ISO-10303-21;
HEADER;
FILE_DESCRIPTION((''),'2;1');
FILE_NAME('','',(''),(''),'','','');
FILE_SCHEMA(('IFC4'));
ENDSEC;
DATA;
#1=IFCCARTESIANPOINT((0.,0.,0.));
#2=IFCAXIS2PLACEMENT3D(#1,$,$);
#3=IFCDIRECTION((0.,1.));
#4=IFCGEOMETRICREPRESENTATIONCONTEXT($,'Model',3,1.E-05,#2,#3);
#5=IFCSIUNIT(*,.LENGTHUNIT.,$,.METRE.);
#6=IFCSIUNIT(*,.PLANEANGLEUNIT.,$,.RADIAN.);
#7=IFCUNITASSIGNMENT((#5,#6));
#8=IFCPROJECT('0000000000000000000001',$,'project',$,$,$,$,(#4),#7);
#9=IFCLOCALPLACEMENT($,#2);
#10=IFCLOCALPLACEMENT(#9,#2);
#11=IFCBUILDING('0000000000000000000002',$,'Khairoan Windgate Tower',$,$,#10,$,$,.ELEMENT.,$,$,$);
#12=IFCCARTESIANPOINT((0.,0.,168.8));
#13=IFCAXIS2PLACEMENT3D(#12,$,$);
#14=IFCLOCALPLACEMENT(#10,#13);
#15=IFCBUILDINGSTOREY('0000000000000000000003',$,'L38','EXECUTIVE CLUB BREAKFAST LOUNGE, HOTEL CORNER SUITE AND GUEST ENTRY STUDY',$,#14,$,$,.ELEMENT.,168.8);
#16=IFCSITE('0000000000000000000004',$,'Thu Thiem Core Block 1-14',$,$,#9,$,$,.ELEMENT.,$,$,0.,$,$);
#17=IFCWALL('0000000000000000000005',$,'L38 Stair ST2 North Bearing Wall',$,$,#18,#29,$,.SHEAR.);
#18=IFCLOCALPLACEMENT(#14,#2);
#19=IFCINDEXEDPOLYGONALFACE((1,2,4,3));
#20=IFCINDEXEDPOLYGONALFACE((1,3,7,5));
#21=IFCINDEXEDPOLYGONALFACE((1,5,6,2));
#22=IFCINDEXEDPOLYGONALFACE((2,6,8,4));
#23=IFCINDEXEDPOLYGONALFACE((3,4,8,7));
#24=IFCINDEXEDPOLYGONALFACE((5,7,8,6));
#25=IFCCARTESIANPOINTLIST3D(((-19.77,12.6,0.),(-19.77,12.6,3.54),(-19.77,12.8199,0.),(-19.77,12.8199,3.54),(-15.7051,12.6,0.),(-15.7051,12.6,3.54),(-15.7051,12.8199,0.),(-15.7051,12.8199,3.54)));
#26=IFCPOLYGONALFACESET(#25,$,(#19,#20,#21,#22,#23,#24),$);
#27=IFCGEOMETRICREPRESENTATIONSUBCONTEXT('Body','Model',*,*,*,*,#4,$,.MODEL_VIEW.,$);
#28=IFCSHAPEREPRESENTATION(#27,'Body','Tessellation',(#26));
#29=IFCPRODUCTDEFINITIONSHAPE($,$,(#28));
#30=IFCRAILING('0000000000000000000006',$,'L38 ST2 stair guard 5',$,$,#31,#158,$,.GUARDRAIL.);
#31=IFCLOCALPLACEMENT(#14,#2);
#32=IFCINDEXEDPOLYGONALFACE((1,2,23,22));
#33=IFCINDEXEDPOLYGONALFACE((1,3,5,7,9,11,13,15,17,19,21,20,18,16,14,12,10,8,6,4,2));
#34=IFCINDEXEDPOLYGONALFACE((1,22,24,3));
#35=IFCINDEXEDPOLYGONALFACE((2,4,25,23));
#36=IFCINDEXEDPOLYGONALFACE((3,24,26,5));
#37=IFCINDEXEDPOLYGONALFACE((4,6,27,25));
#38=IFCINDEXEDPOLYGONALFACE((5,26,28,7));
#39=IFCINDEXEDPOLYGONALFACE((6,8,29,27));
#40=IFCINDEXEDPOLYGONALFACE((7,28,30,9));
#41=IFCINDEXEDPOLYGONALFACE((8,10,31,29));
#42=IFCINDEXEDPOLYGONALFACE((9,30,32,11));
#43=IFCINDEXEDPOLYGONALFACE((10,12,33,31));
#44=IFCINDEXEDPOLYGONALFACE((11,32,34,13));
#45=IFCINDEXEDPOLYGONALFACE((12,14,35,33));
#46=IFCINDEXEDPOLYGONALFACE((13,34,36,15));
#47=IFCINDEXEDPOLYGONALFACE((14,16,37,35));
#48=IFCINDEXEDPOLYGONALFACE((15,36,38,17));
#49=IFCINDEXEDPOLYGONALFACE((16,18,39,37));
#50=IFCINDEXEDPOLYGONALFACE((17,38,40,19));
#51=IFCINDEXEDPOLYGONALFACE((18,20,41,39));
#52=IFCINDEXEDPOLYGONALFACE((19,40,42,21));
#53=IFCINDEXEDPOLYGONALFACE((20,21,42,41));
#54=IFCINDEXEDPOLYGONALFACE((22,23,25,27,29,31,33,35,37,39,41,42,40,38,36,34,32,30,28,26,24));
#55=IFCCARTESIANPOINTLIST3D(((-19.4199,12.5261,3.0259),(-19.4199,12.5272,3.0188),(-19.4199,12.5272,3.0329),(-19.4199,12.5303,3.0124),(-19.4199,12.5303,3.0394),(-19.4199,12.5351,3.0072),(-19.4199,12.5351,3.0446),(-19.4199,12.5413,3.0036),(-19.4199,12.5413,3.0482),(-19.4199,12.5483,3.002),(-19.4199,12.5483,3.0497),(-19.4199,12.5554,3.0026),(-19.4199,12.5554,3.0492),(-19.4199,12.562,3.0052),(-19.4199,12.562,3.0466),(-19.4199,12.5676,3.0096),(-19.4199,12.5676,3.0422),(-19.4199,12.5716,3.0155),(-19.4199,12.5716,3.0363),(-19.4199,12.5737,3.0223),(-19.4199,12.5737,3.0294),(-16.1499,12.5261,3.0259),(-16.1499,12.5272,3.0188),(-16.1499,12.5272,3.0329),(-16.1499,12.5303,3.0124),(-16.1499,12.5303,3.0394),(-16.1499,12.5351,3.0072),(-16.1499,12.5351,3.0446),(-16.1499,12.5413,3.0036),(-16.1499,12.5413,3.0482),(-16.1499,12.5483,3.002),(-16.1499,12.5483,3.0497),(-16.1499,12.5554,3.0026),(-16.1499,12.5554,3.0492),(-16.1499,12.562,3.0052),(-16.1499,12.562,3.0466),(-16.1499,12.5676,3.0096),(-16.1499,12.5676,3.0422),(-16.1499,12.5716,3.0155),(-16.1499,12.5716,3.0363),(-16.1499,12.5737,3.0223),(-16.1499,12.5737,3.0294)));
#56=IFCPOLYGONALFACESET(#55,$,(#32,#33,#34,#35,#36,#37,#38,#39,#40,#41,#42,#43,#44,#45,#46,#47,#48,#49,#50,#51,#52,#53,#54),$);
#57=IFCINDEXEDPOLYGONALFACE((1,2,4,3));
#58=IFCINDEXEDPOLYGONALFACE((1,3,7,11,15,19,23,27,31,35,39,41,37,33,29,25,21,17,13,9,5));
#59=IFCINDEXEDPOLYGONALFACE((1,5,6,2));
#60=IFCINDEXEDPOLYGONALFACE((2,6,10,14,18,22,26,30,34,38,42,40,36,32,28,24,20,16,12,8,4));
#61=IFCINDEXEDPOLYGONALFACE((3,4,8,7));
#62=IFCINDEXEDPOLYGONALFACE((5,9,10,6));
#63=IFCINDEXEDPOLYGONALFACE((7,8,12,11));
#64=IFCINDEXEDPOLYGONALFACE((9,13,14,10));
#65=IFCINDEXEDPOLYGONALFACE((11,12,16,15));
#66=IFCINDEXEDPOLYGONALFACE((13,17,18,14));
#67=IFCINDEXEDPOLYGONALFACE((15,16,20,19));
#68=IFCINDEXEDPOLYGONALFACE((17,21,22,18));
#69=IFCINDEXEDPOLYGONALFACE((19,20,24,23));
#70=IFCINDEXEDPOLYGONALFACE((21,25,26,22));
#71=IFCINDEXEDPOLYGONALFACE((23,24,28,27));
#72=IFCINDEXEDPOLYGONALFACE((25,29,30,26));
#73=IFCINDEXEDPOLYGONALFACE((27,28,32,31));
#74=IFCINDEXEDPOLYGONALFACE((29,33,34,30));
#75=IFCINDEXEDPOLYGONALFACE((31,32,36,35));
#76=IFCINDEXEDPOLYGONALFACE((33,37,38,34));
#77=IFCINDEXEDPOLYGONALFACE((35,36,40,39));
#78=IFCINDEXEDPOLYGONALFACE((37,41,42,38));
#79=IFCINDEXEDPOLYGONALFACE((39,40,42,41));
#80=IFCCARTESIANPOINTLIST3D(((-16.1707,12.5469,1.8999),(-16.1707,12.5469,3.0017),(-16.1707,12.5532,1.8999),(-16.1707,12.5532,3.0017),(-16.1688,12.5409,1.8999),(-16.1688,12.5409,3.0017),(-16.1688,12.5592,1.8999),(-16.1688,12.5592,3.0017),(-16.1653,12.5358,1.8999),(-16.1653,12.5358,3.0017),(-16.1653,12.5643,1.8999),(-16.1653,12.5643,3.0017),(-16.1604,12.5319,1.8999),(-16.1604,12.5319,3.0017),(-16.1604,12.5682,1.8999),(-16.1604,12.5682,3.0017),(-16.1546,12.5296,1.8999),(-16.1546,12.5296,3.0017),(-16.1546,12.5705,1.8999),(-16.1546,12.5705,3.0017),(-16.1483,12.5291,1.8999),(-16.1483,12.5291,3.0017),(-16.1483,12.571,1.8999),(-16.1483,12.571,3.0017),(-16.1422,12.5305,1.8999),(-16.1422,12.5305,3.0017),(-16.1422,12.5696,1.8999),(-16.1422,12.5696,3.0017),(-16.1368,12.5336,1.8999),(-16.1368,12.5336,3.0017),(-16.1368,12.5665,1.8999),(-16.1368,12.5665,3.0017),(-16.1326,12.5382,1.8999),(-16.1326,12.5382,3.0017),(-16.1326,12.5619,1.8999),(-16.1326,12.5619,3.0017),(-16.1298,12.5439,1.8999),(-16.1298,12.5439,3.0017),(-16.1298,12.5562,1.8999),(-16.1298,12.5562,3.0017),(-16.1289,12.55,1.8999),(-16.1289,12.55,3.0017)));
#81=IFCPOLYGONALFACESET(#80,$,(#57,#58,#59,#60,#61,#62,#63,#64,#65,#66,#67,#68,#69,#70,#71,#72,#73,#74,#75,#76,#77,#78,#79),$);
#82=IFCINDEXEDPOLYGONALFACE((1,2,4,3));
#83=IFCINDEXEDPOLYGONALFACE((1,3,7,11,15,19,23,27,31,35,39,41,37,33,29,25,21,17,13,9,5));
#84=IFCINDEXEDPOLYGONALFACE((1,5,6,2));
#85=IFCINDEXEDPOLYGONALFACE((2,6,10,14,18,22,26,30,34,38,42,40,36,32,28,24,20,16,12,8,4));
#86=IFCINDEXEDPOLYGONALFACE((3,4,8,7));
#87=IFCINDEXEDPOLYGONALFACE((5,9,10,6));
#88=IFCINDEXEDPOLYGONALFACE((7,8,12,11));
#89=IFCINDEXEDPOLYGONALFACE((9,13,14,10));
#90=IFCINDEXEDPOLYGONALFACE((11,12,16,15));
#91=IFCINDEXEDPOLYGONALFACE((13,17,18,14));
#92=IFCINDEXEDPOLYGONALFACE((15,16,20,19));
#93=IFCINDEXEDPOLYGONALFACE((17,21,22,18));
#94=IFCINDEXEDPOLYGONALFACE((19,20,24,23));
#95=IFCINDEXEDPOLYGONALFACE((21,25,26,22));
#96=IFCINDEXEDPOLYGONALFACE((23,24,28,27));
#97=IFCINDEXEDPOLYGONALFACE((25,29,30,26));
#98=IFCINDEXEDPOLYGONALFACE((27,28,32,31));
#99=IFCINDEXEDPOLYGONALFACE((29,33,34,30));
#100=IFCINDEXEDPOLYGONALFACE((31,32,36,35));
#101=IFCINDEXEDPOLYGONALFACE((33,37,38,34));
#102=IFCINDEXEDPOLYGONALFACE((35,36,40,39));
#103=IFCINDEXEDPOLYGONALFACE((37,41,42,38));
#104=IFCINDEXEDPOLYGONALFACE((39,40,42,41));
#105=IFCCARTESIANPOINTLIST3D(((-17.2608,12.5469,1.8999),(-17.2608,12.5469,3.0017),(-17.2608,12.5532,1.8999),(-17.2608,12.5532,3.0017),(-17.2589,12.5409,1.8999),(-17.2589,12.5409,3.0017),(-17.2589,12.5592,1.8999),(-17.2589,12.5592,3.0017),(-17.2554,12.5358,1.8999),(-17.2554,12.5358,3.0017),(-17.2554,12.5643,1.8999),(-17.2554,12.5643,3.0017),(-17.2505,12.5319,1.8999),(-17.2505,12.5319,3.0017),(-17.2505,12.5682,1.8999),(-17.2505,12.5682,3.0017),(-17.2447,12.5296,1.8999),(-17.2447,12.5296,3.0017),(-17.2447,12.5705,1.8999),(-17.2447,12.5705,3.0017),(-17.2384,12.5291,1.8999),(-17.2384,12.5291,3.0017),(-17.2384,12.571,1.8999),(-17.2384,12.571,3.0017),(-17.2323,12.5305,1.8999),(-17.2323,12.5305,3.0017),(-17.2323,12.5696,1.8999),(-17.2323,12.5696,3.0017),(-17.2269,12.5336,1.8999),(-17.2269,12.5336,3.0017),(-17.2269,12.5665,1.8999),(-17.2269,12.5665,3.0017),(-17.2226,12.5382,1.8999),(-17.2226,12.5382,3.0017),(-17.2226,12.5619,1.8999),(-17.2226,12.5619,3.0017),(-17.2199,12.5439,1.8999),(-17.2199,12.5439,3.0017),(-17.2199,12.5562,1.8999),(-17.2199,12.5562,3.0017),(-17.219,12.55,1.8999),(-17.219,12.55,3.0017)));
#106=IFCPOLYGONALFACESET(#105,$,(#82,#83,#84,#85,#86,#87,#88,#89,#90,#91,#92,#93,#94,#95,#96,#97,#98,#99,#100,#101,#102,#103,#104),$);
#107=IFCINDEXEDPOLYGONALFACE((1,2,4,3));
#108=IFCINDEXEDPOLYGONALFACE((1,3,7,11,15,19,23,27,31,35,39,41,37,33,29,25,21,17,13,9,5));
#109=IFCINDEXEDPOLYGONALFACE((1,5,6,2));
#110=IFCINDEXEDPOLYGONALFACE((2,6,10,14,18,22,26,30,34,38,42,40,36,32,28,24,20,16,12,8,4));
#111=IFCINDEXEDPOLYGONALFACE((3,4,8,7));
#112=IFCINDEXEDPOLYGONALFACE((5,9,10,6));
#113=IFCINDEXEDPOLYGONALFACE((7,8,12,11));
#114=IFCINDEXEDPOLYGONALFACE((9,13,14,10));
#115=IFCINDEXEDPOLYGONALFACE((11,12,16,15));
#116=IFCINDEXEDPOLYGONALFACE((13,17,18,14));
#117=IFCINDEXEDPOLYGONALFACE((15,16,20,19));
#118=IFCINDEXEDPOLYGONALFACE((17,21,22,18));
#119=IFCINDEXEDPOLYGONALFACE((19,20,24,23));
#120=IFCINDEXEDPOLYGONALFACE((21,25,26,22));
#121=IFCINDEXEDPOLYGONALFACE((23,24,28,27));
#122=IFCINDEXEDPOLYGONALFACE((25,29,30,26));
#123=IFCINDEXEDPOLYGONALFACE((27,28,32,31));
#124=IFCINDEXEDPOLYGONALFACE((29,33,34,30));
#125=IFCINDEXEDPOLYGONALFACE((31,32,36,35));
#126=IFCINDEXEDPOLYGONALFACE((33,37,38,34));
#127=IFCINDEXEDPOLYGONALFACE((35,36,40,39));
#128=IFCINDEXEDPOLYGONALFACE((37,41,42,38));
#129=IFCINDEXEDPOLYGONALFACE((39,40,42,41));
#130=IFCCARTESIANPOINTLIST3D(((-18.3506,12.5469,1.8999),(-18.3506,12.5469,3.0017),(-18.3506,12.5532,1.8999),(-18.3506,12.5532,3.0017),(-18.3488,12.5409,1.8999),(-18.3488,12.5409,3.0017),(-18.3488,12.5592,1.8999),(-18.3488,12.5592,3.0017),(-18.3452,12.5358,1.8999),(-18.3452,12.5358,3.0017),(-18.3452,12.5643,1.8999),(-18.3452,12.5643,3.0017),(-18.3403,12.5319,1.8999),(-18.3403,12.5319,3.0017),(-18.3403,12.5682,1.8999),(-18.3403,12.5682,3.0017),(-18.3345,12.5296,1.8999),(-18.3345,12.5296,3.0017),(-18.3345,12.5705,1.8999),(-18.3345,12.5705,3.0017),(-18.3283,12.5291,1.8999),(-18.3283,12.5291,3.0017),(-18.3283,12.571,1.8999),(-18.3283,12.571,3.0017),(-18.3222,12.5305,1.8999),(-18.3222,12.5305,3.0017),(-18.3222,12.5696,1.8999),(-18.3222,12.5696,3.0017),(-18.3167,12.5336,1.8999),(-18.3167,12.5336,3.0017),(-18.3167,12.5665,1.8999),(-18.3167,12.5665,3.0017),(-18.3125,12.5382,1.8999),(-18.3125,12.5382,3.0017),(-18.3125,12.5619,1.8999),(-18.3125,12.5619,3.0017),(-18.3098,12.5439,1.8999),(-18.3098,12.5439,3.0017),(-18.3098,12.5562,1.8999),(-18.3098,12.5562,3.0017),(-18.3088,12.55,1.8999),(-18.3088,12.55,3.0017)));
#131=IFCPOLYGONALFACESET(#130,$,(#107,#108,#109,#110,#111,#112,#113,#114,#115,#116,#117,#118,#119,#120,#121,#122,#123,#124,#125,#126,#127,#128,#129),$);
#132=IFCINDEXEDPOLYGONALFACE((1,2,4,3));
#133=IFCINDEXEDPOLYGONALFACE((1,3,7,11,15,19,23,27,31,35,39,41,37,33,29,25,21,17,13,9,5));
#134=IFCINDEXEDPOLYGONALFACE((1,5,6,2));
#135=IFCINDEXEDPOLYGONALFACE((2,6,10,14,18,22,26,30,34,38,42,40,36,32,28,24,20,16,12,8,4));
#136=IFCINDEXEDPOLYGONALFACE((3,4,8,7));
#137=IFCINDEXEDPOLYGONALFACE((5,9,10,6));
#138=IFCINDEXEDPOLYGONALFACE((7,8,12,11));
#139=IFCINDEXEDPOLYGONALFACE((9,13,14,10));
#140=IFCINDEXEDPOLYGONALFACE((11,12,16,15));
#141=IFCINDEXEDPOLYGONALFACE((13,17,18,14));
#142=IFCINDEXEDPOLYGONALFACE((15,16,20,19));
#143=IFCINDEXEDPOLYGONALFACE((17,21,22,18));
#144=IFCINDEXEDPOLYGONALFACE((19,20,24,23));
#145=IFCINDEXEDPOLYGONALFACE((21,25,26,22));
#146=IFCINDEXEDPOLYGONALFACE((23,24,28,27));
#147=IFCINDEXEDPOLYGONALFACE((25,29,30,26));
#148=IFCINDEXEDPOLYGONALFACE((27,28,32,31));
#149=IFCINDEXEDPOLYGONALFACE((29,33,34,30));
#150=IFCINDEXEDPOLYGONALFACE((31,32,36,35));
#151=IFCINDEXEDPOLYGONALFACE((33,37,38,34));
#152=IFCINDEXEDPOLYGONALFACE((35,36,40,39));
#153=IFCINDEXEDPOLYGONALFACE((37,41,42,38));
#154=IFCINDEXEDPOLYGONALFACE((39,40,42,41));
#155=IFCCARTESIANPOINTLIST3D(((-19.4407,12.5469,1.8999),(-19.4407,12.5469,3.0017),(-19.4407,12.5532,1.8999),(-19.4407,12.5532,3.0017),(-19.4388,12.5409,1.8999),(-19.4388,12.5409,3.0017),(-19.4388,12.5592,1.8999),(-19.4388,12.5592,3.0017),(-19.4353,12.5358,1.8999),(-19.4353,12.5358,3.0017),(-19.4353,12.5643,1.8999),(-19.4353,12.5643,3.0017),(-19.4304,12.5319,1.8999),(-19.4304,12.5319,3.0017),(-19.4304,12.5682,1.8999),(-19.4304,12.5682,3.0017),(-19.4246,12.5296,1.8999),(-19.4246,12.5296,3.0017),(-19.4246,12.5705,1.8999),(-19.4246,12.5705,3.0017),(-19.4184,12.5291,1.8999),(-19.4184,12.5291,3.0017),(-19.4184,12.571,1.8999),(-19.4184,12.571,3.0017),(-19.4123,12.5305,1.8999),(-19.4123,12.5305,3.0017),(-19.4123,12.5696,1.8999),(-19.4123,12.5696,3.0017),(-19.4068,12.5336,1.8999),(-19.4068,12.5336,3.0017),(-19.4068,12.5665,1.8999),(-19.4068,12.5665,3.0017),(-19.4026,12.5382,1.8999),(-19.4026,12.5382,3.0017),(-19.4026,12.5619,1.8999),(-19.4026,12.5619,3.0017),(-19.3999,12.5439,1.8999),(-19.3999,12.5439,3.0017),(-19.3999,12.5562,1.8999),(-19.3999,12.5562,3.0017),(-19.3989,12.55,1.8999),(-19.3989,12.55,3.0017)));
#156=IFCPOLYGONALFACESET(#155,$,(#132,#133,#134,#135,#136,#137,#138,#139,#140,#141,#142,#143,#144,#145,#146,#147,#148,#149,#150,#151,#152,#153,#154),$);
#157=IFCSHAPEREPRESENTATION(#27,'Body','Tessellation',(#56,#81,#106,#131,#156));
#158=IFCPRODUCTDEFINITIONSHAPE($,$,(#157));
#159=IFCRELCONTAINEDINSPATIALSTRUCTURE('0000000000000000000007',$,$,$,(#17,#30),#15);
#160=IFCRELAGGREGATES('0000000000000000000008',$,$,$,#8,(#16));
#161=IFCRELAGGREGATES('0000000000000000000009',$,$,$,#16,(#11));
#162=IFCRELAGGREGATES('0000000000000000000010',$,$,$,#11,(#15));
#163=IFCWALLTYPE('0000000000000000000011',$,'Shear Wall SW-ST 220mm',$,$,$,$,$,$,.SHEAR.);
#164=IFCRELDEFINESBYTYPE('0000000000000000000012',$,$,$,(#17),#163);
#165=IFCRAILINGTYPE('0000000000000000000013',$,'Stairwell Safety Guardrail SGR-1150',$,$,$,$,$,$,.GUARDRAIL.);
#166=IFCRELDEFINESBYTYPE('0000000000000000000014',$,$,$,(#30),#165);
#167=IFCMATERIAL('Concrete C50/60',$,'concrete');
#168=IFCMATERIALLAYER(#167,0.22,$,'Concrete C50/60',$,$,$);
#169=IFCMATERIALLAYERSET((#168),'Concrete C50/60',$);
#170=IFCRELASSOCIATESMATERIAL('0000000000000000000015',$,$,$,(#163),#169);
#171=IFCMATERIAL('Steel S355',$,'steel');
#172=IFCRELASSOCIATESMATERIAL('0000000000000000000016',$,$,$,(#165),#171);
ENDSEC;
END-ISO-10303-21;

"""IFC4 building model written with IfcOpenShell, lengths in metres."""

from ifc_helpers import new_model, si_unit, direction, frame, frame_2d, origin, origin_2d, place, context, subcontext, project, spatial, rectangle, circle, extrude, material, layer, layer_set, type_object, element, save


model = new_model("IFC4")

# Units and contexts
model_context = context("Model", 3, precision=1e-05, world=origin(), true_north=direction((0.0, 1.0)))
body_context = subcontext(model_context, "Body", "Model", "MODEL_VIEW")
ifc_project = project(units=[si_unit("LENGTHUNIT", "METRE"), si_unit("PLANEANGLEUNIT", "RADIAN")], contexts=[model_context])

# Site, building, storey
site_placement = place(None, origin())
site = spatial("IfcSite", under=ifc_project, at=site_placement, Name="Thu Thiem Core Block 1-14", CompositionType="ELEMENT", RefElevation=0.0)
building_placement = place(site_placement, origin())
building = spatial("IfcBuilding", under=site, at=building_placement, Name="Khairoan Windgate Tower", CompositionType="ELEMENT")
storey_placement = place(building_placement, frame((0.0, 0.0, 168.8)))
storey = spatial("IfcBuildingStorey", under=building, at=storey_placement, Name="L38", Description="EXECUTIVE CLUB BREAKFAST LOUNGE, HOTEL CORNER SUITE AND GUEST ENTRY STUDY", CompositionType="ELEMENT", Elevation=168.8)

# Wall
ifc_material_1 = material(Name="Concrete C50/60", Category="concrete")
ifc_layer_1 = layer(ifc_material_1, 0.22, Name="Concrete C50/60")
ifc_layer_set_1 = layer_set([ifc_layer_1], Name="Concrete C50/60")
wall_type_1 = type_object("IfcWallType", Name="Shear Wall SW-ST 220mm", PredefinedType="SHEAR", material=ifc_layer_set_1)
wall_1_placement = place(storey_placement, frame((-19.77, 12.71, 0.0), z_axis=(0.0, 0.0, 1.0), x_axis=(1.0, 0.0, 0.0)))
element("IfcWall", 1, at=wall_1_placement, inside=storey, type_object=wall_type_1, Name="L38 Stair ST2 North Bearing Wall", PredefinedType="SHEAR", context=body_context, shape_type="SweptSolid", body=[
    extrude(rectangle(XDim=4.0649, YDim=0.22, at=frame_2d((2.0325, 0.0))), origin(), (0.0, 0.0, 1.0), 3.54),
])

# Railing
ifc_material_2 = material(Name="Steel S355", Category="steel")
railing_type = type_object("IfcRailingType", Name="Stairwell Safety Guardrail SGR-1150", PredefinedType="GUARDRAIL", material=ifc_material_2)
railing_1_placement = place(storey_placement, frame((-16.1499, 12.55, 1.8999)))
element("IfcRailing", 2, at=railing_1_placement, inside=storey, type_object=railing_type, Name="L38 ST2 stair guard 5", PredefinedType="GUARDRAIL", context=body_context, shape_type="SweptSolid", body=[
    extrude(circle(Radius=0.0239, at=origin_2d()), frame((0.0, 0.0, 1.126), z_axis=(-1.0, 0.0, 0.0), x_axis=(0.0, -1.0, 0.0)), (0.0, 0.0, 1.0), 3.27),
    extrude(circle(Radius=0.021, at=origin_2d()), origin(), (0.0, 0.0, 1.0), 1.1018),
    extrude(circle(Radius=0.021, at=origin_2d()), frame((-1.0901, 0.0, 0.0)), (0.0, 0.0, 1.0), 1.1018),
    extrude(circle(Radius=0.021, at=origin_2d()), frame((-2.1799, 0.0, 0.0)), (0.0, 0.0, 1.0), 1.1018),
    extrude(circle(Radius=0.021, at=origin_2d()), frame((-3.27, 0.0, 0.0)), (0.0, 0.0, 1.0), 1.1018),
])

save(model, "model.ifc")
